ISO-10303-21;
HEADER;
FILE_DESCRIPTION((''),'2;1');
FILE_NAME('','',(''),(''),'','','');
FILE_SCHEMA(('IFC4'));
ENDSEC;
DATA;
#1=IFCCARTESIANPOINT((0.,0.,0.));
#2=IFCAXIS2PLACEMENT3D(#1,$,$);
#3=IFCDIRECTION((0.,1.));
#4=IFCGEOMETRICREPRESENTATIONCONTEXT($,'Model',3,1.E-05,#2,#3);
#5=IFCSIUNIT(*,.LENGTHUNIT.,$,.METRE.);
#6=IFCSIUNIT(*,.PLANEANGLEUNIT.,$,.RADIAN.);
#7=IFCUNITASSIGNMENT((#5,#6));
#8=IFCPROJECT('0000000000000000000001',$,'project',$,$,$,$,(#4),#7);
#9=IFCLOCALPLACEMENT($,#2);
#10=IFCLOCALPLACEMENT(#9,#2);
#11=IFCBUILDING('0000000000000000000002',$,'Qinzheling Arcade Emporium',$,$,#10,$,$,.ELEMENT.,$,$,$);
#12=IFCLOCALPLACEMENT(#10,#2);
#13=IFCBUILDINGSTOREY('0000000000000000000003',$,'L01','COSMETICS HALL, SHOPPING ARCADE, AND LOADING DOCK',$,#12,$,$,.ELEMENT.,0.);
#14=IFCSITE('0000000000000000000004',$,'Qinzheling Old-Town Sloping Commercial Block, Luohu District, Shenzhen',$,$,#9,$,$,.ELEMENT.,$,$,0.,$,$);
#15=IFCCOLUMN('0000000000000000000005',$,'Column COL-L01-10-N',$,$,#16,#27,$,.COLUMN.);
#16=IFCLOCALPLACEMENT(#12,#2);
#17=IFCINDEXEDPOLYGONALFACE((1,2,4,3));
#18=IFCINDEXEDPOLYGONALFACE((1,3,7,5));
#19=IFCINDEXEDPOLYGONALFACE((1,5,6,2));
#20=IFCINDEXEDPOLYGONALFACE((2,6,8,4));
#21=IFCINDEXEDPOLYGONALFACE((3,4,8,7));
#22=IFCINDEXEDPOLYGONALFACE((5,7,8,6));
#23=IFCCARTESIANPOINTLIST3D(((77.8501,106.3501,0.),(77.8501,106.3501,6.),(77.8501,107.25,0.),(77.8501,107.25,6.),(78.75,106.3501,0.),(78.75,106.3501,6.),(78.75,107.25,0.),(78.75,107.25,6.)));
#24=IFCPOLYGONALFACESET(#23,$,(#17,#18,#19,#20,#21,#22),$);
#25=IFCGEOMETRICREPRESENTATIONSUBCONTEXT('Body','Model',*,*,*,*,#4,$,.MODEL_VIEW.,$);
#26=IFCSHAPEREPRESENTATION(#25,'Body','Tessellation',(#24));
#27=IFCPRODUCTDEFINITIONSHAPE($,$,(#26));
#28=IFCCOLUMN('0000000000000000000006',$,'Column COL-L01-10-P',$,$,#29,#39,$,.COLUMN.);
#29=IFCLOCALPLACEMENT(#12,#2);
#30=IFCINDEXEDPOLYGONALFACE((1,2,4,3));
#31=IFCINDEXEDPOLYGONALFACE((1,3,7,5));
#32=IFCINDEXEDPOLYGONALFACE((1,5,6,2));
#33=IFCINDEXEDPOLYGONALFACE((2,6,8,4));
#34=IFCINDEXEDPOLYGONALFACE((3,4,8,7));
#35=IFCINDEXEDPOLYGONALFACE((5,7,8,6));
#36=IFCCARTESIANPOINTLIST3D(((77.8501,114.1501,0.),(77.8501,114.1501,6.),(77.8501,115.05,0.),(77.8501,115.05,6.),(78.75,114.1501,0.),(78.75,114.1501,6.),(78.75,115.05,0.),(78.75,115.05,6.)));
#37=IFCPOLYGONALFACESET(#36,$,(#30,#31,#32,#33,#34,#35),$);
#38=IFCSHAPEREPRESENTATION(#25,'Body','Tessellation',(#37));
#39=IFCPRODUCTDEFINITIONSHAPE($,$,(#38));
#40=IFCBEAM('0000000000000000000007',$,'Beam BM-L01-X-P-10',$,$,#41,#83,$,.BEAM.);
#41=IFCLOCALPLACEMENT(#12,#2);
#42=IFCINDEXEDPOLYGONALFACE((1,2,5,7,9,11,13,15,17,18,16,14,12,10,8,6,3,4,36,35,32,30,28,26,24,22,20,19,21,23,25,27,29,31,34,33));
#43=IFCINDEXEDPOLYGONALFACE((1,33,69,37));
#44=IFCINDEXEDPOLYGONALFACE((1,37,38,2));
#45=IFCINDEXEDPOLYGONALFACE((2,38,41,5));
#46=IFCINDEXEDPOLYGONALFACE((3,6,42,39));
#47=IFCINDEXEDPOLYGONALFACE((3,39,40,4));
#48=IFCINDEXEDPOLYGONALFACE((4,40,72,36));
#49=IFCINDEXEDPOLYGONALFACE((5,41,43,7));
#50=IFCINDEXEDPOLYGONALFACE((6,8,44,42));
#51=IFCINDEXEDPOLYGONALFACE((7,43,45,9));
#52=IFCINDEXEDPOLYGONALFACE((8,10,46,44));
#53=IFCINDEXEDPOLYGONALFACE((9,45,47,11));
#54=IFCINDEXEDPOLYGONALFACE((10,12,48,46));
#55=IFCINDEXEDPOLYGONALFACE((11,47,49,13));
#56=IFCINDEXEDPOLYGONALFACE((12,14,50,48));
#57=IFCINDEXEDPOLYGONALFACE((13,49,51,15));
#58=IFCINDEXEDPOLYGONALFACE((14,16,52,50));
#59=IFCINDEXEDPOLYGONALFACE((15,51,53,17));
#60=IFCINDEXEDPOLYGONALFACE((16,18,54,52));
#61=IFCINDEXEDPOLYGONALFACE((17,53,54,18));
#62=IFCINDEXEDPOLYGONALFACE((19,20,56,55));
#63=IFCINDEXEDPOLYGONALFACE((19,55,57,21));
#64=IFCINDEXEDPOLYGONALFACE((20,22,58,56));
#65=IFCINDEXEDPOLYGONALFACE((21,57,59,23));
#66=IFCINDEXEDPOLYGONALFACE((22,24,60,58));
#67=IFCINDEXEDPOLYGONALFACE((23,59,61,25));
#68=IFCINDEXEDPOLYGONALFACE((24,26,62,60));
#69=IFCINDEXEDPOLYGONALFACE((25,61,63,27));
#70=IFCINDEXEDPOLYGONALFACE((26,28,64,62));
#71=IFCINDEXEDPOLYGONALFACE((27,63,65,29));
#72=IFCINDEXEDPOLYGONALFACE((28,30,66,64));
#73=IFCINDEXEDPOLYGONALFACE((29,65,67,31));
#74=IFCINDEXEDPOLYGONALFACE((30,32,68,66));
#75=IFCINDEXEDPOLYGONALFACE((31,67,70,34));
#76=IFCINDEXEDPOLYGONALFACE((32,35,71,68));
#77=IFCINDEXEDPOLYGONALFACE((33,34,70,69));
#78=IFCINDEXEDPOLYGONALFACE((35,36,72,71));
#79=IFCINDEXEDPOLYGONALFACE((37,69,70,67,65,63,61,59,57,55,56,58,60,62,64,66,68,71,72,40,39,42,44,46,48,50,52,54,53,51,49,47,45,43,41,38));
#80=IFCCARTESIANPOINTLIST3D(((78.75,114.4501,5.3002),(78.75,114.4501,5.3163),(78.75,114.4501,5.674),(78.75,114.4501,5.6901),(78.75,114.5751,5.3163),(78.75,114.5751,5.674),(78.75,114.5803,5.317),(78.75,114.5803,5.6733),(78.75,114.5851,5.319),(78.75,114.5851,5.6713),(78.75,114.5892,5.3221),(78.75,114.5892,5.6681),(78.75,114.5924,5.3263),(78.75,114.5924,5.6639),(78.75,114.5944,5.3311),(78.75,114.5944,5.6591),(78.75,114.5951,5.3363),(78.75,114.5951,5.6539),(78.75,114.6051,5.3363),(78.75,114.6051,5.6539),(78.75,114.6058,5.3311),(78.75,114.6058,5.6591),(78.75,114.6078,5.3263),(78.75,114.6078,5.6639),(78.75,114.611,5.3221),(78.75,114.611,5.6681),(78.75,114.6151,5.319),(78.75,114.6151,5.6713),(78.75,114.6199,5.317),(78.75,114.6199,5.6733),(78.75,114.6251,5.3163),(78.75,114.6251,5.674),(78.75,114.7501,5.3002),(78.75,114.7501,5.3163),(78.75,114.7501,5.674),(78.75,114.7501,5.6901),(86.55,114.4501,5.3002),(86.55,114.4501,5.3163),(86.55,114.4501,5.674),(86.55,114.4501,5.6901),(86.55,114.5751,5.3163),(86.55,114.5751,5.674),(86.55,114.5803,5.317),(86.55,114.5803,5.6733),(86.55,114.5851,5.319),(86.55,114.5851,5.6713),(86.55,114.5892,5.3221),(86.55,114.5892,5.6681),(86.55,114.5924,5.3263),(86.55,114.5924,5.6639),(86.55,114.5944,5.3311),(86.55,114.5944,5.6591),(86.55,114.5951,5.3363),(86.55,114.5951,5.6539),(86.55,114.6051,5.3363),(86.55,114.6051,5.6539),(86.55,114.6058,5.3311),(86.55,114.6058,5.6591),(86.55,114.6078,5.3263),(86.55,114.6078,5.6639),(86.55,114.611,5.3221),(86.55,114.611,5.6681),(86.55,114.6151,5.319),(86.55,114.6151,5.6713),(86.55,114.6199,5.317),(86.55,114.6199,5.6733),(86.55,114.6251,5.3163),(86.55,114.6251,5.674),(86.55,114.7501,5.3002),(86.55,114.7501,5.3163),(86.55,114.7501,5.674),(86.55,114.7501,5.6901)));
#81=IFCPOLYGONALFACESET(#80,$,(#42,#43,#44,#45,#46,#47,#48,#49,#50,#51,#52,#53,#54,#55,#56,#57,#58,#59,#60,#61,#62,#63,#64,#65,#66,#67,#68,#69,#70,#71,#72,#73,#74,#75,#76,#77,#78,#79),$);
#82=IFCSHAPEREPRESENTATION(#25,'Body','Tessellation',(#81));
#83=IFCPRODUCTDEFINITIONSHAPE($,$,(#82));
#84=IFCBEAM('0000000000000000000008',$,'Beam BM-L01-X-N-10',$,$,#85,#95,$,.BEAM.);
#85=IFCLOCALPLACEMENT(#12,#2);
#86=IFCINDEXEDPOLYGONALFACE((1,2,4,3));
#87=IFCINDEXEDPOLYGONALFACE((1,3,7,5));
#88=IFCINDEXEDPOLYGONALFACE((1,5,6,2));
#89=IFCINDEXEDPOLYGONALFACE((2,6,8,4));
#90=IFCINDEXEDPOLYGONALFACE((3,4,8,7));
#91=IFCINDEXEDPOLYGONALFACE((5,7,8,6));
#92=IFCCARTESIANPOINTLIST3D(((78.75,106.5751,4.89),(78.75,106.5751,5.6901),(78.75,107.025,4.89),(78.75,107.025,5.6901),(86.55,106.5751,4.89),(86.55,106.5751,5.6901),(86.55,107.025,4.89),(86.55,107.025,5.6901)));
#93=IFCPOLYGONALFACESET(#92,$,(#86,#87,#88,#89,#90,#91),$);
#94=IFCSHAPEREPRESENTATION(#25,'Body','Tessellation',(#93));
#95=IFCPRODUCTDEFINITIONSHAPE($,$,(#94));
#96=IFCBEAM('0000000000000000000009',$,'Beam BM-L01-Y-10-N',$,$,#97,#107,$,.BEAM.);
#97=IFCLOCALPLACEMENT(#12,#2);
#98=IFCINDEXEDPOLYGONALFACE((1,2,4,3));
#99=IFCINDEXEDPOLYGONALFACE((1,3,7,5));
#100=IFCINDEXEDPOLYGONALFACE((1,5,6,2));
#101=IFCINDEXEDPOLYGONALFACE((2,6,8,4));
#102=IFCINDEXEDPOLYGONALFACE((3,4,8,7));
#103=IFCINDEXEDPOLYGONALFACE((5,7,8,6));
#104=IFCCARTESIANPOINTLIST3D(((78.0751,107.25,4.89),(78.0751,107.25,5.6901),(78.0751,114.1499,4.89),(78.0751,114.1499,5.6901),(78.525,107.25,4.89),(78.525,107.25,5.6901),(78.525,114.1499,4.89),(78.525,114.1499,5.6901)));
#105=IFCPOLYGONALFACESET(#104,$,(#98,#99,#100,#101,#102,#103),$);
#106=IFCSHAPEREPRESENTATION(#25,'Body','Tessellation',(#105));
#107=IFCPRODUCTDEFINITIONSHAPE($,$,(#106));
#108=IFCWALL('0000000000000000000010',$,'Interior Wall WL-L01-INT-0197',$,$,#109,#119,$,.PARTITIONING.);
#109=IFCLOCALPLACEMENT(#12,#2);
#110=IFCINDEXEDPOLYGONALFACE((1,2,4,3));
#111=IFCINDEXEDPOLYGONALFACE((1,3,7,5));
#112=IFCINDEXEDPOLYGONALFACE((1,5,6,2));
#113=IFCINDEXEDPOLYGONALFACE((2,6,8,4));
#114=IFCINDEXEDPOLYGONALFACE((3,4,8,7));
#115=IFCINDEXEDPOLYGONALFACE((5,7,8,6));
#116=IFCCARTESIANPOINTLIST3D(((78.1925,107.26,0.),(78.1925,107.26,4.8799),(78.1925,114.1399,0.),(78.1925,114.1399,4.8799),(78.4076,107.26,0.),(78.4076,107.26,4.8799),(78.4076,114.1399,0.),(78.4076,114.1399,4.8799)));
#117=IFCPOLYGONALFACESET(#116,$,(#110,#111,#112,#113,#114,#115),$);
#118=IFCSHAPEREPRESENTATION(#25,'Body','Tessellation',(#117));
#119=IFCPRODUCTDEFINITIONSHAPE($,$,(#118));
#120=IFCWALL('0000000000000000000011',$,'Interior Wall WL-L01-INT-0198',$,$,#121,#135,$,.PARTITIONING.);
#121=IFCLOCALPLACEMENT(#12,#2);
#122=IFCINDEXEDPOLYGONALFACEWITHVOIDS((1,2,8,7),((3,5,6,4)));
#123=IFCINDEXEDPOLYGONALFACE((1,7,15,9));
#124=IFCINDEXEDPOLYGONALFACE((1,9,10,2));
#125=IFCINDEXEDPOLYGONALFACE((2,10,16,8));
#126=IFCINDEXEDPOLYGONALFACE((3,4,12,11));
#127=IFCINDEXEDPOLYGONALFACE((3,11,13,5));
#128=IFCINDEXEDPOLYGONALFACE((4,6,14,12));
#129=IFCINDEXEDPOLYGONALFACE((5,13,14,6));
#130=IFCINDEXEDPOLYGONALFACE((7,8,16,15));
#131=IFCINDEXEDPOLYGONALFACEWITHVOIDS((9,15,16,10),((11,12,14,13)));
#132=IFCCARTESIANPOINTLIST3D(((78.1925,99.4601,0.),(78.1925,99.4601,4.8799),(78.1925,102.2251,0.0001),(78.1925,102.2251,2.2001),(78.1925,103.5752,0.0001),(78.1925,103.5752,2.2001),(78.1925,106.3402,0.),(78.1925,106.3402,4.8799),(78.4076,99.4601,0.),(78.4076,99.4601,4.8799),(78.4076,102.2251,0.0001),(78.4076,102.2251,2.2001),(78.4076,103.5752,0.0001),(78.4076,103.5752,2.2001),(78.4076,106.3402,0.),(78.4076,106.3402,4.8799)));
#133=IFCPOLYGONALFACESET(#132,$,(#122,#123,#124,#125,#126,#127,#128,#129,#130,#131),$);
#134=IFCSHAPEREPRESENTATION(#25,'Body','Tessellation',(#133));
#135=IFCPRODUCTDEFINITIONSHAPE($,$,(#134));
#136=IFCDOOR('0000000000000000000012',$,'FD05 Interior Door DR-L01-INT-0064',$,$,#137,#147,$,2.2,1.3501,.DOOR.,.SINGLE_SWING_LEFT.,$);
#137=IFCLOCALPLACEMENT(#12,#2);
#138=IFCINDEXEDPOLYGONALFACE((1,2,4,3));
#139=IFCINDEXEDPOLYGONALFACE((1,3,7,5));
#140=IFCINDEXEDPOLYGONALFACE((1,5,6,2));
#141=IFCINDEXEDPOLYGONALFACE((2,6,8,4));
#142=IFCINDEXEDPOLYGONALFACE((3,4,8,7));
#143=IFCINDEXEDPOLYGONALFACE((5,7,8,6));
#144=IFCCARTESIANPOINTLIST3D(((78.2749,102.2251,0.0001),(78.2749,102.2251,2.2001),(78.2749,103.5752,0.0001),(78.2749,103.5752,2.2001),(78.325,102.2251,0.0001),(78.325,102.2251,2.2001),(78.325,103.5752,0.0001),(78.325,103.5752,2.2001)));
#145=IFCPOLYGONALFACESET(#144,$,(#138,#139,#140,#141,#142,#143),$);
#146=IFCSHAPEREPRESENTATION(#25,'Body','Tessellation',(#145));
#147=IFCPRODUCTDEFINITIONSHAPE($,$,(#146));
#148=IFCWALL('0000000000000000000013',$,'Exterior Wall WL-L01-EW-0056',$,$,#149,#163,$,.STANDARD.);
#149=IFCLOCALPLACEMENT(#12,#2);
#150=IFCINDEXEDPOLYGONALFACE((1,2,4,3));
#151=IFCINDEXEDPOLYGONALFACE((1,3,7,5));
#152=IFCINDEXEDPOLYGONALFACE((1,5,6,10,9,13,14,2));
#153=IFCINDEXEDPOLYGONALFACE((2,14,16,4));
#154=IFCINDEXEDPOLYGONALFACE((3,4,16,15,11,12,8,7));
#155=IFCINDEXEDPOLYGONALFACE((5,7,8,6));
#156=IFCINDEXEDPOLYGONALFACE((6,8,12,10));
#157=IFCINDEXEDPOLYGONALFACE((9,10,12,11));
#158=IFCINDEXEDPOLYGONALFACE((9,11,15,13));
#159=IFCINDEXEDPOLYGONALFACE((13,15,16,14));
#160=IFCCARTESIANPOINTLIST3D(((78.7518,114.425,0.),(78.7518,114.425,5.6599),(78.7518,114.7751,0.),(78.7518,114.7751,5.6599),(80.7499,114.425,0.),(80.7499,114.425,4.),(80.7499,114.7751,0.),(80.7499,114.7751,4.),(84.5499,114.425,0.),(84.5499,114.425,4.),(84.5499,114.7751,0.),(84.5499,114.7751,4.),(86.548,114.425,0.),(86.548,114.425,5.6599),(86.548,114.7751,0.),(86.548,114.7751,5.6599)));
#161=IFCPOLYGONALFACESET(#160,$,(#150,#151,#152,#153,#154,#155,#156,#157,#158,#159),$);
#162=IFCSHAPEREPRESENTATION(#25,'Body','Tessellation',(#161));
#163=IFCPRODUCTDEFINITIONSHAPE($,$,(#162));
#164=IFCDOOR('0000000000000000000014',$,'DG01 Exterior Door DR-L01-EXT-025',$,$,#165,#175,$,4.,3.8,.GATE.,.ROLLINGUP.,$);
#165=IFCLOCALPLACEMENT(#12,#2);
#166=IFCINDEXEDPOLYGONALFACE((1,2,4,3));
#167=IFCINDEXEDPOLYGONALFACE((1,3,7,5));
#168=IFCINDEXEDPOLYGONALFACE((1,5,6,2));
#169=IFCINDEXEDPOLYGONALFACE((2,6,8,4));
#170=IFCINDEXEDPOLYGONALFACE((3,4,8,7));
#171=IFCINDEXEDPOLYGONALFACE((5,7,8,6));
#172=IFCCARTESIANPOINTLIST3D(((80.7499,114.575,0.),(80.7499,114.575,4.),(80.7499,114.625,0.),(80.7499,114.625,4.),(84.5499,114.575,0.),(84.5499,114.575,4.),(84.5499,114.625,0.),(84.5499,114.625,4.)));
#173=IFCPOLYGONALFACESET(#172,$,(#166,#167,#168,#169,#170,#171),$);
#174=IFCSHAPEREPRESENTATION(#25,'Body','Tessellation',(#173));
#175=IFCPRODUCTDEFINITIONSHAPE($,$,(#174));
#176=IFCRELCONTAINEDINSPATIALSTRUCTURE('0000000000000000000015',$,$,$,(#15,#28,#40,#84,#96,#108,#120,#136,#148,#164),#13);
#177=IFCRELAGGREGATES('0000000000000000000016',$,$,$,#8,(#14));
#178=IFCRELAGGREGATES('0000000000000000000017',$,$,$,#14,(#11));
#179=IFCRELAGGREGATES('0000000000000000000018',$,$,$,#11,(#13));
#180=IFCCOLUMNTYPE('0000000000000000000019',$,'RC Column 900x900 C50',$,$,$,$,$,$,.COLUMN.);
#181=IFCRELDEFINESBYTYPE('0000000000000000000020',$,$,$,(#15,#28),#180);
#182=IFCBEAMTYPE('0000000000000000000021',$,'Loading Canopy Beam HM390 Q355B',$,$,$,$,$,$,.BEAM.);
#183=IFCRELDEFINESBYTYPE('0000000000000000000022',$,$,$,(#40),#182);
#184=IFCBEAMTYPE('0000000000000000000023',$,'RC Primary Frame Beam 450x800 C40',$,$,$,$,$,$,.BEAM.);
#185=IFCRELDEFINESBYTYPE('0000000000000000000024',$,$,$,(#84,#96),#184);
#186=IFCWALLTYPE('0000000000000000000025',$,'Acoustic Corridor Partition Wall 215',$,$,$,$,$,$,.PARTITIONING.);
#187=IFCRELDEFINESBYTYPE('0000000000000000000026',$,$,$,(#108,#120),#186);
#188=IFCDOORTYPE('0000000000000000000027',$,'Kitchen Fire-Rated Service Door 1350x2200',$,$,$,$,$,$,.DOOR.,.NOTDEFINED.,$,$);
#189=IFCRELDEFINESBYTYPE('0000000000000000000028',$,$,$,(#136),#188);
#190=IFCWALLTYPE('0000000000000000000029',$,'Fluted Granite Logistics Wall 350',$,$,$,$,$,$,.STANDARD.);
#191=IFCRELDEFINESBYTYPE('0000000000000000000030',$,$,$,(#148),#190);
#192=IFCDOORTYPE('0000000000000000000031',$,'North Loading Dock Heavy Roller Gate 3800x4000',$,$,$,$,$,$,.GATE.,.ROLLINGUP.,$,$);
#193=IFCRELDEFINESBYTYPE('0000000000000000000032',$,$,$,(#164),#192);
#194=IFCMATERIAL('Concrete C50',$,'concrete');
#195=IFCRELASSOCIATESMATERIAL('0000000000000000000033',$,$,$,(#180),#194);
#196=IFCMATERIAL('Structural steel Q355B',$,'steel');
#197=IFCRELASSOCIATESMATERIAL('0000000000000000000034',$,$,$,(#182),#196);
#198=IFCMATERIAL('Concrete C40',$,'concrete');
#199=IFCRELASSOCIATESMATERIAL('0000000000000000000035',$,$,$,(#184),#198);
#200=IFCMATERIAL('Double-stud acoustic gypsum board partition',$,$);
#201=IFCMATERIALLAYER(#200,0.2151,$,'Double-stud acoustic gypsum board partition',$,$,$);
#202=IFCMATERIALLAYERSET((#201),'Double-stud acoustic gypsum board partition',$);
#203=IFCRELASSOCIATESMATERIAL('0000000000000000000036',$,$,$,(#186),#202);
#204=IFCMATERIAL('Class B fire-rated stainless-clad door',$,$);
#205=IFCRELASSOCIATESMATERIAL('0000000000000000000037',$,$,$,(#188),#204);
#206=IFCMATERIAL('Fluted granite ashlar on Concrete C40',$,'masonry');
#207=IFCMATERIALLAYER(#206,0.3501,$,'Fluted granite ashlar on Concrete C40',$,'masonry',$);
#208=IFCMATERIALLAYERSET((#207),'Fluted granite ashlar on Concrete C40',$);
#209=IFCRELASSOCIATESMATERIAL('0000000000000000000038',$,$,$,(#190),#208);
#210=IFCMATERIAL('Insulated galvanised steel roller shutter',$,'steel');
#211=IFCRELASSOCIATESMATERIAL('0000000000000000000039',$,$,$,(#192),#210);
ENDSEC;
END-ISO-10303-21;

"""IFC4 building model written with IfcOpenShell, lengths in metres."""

from ifc_helpers import new_model, si_unit, direction, frame, frame_2d, origin, origin_2d, place, context, subcontext, project, spatial, rectangle, i_section, extrude, material, layer, layer_set, material_profile, profile_set, type_object, element, fill, save


model = new_model("IFC4")

# Units and contexts
model_context = context("Model", 3, precision=1e-05, world=origin(), true_north=direction((0.0, 1.0)))
body_context = subcontext(model_context, "Body", "Model", "MODEL_VIEW")
ifc_project = project(units=[si_unit("LENGTHUNIT", "METRE"), si_unit("PLANEANGLEUNIT", "RADIAN")], contexts=[model_context])

# Site, building, storey
site_placement = place(None, origin())
site = spatial("IfcSite", under=ifc_project, at=site_placement, Name="Qinzheling Old-Town Sloping Commercial Block, Luohu District, Shenzhen", CompositionType="ELEMENT", RefElevation=0.0)
building_placement = place(site_placement, origin())
building = spatial("IfcBuilding", under=site, at=building_placement, Name="Qinzheling Arcade Emporium", CompositionType="ELEMENT")
storey_placement = place(building_placement, origin())
storey = spatial("IfcBuildingStorey", under=building, at=storey_placement, Name="L01", Description="COSMETICS HALL, SHOPPING ARCADE, AND LOADING DOCK", CompositionType="ELEMENT", Elevation=0.0)

# Columns
ifc_material_1 = material(Name="Concrete C50", Category="concrete")
ifc_material_profile_1 = material_profile(ifc_material_1, rectangle(XDim=0.8999, YDim=0.8999, at=origin_2d()), Name="RC 900x900", Category="concrete")
ifc_profile_set_1 = profile_set([ifc_material_profile_1], Name="Concrete C50")
column_type = type_object("IfcColumnType", Name="RC Column 900x900 C50", PredefinedType="COLUMN", material=ifc_profile_set_1)
for number, where, z_axis, x_axis, name in (
    (1, (78.3, 106.8, 0.0), (0.0, 0.0, 1.0), (1.0, 0.0, 0.0), "Column COL-L01-10-N"),
    (2, (78.3, 114.6001, 0.0), (0.0, 0.0, 1.0), (1.0, 0.0, 0.0), "Column COL-L01-10-P"),
):
    element("IfcColumn", number, at=place(storey_placement, frame(where, z_axis=z_axis, x_axis=x_axis)), inside=storey, type_object=column_type, Name=name, PredefinedType="COLUMN", context=body_context, shape_type="SweptSolid", body=[
        extrude(rectangle(XDim=0.8999, YDim=0.8999, at=origin_2d()), origin(), (0.0, 0.0, 1.0), 6.0),
    ])

# Beams
ifc_material_2 = material(Name="Structural steel Q355B", Category="steel")
ifc_material_profile_2 = material_profile(ifc_material_2, i_section(OverallWidth=0.3, OverallDepth=0.3899, WebThickness=0.01, FlangeThickness=0.0161, FilletRadius=0.02, at=origin_2d()), Name="HM 390x300x10x16", Category="steel")
ifc_profile_set_2 = profile_set([ifc_material_profile_2], Name="Structural steel Q355B")
beam_type_1 = type_object("IfcBeamType", Name="Loading Canopy Beam HM390 Q355B", PredefinedType="BEAM", material=ifc_profile_set_2)
beam_1_placement = place(storey_placement, frame((78.75, 114.6001, 5.4951), z_axis=(1.0, 0.0, 0.0), x_axis=(0.0, 1.0, 0.0)))
element("IfcBeam", 3, at=beam_1_placement, inside=storey, type_object=beam_type_1, Name="Beam BM-L01-X-P-10", PredefinedType="BEAM", context=body_context, shape_type="SweptSolid", body=[
    extrude(i_section(OverallWidth=0.3, OverallDepth=0.3899, WebThickness=0.01, FlangeThickness=0.0161, FilletRadius=0.02, at=origin_2d()), origin(), (0.0, 0.0, 1.0), 7.8),
])
ifc_material_3 = material(Name="Concrete C40", Category="concrete")
ifc_material_profile_3 = material_profile(ifc_material_3, rectangle(XDim=0.45, YDim=0.8, at=origin_2d()), Name="RC 450x800", Category="concrete")
ifc_profile_set_3 = profile_set([ifc_material_profile_3], Name="Concrete C40")
beam_type_2 = type_object("IfcBeamType", Name="RC Primary Frame Beam 450x800 C40", PredefinedType="BEAM", material=ifc_profile_set_3)
beam_2_placement = place(storey_placement, frame((78.75, 106.8, 5.29), z_axis=(1.0, 0.0, 0.0), x_axis=(0.0, 1.0, 0.0)))
element("IfcBeam", 4, at=beam_2_placement, inside=storey, type_object=beam_type_2, Name="Beam BM-L01-X-N-10", PredefinedType="BEAM", context=body_context, shape_type="SweptSolid", body=[
    extrude(rectangle(XDim=0.45, YDim=0.8, at=origin_2d()), origin(), (0.0, 0.0, 1.0), 7.8),
])
beam_3_placement = place(storey_placement, frame((78.3, 107.25, 5.29), z_axis=(0.0, 1.0, 0.0), x_axis=(-1.0, 0.0, 0.0)))
element("IfcBeam", 5, at=beam_3_placement, inside=storey, type_object=beam_type_2, Name="Beam BM-L01-Y-10-N", PredefinedType="BEAM", context=body_context, shape_type="SweptSolid", body=[
    extrude(rectangle(XDim=0.45, YDim=0.8, at=origin_2d()), origin(), (0.0, 0.0, 1.0), 6.8999),
])

# Wall
ifc_material_4 = material(Name="Double-stud acoustic gypsum board partition")
ifc_layer_1 = layer(ifc_material_4, 0.2151, Name="Double-stud acoustic gypsum board partition")
ifc_layer_set_1 = layer_set([ifc_layer_1], Name="Double-stud acoustic gypsum board partition")
wall_type_1 = type_object("IfcWallType", Name="Acoustic Corridor Partition Wall 215", PredefinedType="PARTITIONING", material=ifc_layer_set_1)
wall_1_placement = place(storey_placement, frame((78.3, 114.1399, 0.0), z_axis=(0.0, 0.0, 1.0), x_axis=(0.0, -1.0, 0.0)))
element("IfcWall", 6, at=wall_1_placement, inside=storey, type_object=wall_type_1, Name="Interior Wall WL-L01-INT-0197", PredefinedType="PARTITIONING", context=body_context, shape_type="SweptSolid", body=[
    extrude(rectangle(XDim=6.8799, YDim=0.2151, at=frame_2d((3.4399, 0.0))), origin(), (0.0, 0.0, 1.0), 4.8799),
])

# Walls, openings, doors
wall_2_placement = place(storey_placement, frame((78.3, 106.3401, 0.0), z_axis=(0.0, 0.0, 1.0), x_axis=(0.0, -1.0, 0.0)))
wall_2 = element("IfcWall", 7, at=wall_2_placement, inside=storey, type_object=wall_type_1, Name="Interior Wall WL-L01-INT-0198", PredefinedType="PARTITIONING", context=body_context, shape_type="SweptSolid", body=[
    extrude(rectangle(XDim=6.8801, YDim=0.2151, at=frame_2d((3.4399, 0.0))), origin(), (0.0, 0.0, 1.0), 4.8799),
])
opening_1_placement = place(wall_2_placement, frame((2.7649, 0.0, 0.0)))
opening_1 = element("IfcOpeningElement", 8, at=opening_1_placement, cuts=wall_2, PredefinedType="OPENING", context=body_context, shape_type="SweptSolid", body=[
    extrude(rectangle(XDim=1.3501, YDim=2.2, at=frame_2d((0.675, 1.1001))), frame((0.0, 0.1177, 0.0), z_axis=(0.0, -1.0, 0.0), x_axis=(1.0, 0.0, 0.0)), (0.0, 0.0, 1.0), 0.2351),
])
ifc_material_5 = material(Name="Class B fire-rated stainless-clad door")
door_type_1 = type_object("IfcDoorType", Name="Kitchen Fire-Rated Service Door 1350x2200", OperationType="NOTDEFINED", PredefinedType="DOOR", material=ifc_material_5)
door_1_placement = place(opening_1_placement, origin())
door_1 = element("IfcDoor", 9, at=door_1_placement, inside=storey, type_object=door_type_1, Name="FD05 Interior Door DR-L01-INT-0064", OperationType="SINGLE_SWING_LEFT", OverallHeight=2.2, OverallWidth=1.3501, PredefinedType="DOOR", context=body_context, shape_type="SweptSolid", body=[
    extrude(rectangle(XDim=1.3501, YDim=2.2, at=frame_2d((0.675, 1.1001))), frame((0.0, 0.0249, 0.0), z_axis=(0.0, -1.0, 0.0), x_axis=(1.0, 0.0, 0.0)), (0.0, 0.0, 1.0), 0.05),
])
fill(opening_1, door_1)
ifc_material_6 = material(Name="Fluted granite ashlar on Concrete C40", Category="masonry")
ifc_layer_2 = layer(ifc_material_6, 0.3501, Name="Fluted granite ashlar on Concrete C40", Category="masonry")
ifc_layer_set_2 = layer_set([ifc_layer_2], Name="Fluted granite ashlar on Concrete C40")
wall_type_2 = type_object("IfcWallType", Name="Fluted Granite Logistics Wall 350", PredefinedType="STANDARD", material=ifc_layer_set_2)
wall_3_placement = place(storey_placement, frame((78.752, 114.6001, 0.0), z_axis=(0.0, 0.0, 1.0), x_axis=(1.0, 0.0, 0.0)))
wall_3 = element("IfcWall", 10, at=wall_3_placement, inside=storey, type_object=wall_type_2, Name="Exterior Wall WL-L01-EW-0056", PredefinedType="STANDARD", context=body_context, shape_type="SweptSolid", body=[
    extrude(rectangle(XDim=7.7961, YDim=0.3501, at=frame_2d((3.8979, 0.0))), origin(), (0.0, 0.0, 1.0), 5.6599),
])
opening_2_placement = place(wall_3_placement, frame((1.998, 0.0, 0.0)))
opening_2 = element("IfcOpeningElement", 11, at=opening_2_placement, cuts=wall_3, PredefinedType="OPENING", context=body_context, shape_type="SweptSolid", body=[
    extrude(rectangle(XDim=3.8, YDim=4.0, at=frame_2d((1.8999, 2.0))), frame((0.0, 0.1851, 0.0), z_axis=(0.0, -1.0, 0.0), x_axis=(1.0, 0.0, 0.0)), (0.0, 0.0, 1.0), 0.3701),
])
ifc_material_7 = material(Name="Insulated galvanised steel roller shutter", Category="steel")
door_type_2 = type_object("IfcDoorType", Name="North Loading Dock Heavy Roller Gate 3800x4000", OperationType="ROLLINGUP", PredefinedType="GATE", material=ifc_material_7)
door_2_placement = place(opening_2_placement, origin())
door_2 = element("IfcDoor", 12, at=door_2_placement, inside=storey, type_object=door_type_2, Name="DG01 Exterior Door DR-L01-EXT-025", OperationType="ROLLINGUP", OverallHeight=4.0, OverallWidth=3.8, PredefinedType="GATE", context=body_context, shape_type="SweptSolid", body=[
    extrude(rectangle(XDim=3.8, YDim=4.0, at=frame_2d((1.8999, 2.0))), frame((0.0, 0.0249, 0.0), z_axis=(0.0, -1.0, 0.0), x_axis=(1.0, 0.0, 0.0)), (0.0, 0.0, 1.0), 0.05),
])
fill(opening_2, door_2)

save(model, "model.ifc")
